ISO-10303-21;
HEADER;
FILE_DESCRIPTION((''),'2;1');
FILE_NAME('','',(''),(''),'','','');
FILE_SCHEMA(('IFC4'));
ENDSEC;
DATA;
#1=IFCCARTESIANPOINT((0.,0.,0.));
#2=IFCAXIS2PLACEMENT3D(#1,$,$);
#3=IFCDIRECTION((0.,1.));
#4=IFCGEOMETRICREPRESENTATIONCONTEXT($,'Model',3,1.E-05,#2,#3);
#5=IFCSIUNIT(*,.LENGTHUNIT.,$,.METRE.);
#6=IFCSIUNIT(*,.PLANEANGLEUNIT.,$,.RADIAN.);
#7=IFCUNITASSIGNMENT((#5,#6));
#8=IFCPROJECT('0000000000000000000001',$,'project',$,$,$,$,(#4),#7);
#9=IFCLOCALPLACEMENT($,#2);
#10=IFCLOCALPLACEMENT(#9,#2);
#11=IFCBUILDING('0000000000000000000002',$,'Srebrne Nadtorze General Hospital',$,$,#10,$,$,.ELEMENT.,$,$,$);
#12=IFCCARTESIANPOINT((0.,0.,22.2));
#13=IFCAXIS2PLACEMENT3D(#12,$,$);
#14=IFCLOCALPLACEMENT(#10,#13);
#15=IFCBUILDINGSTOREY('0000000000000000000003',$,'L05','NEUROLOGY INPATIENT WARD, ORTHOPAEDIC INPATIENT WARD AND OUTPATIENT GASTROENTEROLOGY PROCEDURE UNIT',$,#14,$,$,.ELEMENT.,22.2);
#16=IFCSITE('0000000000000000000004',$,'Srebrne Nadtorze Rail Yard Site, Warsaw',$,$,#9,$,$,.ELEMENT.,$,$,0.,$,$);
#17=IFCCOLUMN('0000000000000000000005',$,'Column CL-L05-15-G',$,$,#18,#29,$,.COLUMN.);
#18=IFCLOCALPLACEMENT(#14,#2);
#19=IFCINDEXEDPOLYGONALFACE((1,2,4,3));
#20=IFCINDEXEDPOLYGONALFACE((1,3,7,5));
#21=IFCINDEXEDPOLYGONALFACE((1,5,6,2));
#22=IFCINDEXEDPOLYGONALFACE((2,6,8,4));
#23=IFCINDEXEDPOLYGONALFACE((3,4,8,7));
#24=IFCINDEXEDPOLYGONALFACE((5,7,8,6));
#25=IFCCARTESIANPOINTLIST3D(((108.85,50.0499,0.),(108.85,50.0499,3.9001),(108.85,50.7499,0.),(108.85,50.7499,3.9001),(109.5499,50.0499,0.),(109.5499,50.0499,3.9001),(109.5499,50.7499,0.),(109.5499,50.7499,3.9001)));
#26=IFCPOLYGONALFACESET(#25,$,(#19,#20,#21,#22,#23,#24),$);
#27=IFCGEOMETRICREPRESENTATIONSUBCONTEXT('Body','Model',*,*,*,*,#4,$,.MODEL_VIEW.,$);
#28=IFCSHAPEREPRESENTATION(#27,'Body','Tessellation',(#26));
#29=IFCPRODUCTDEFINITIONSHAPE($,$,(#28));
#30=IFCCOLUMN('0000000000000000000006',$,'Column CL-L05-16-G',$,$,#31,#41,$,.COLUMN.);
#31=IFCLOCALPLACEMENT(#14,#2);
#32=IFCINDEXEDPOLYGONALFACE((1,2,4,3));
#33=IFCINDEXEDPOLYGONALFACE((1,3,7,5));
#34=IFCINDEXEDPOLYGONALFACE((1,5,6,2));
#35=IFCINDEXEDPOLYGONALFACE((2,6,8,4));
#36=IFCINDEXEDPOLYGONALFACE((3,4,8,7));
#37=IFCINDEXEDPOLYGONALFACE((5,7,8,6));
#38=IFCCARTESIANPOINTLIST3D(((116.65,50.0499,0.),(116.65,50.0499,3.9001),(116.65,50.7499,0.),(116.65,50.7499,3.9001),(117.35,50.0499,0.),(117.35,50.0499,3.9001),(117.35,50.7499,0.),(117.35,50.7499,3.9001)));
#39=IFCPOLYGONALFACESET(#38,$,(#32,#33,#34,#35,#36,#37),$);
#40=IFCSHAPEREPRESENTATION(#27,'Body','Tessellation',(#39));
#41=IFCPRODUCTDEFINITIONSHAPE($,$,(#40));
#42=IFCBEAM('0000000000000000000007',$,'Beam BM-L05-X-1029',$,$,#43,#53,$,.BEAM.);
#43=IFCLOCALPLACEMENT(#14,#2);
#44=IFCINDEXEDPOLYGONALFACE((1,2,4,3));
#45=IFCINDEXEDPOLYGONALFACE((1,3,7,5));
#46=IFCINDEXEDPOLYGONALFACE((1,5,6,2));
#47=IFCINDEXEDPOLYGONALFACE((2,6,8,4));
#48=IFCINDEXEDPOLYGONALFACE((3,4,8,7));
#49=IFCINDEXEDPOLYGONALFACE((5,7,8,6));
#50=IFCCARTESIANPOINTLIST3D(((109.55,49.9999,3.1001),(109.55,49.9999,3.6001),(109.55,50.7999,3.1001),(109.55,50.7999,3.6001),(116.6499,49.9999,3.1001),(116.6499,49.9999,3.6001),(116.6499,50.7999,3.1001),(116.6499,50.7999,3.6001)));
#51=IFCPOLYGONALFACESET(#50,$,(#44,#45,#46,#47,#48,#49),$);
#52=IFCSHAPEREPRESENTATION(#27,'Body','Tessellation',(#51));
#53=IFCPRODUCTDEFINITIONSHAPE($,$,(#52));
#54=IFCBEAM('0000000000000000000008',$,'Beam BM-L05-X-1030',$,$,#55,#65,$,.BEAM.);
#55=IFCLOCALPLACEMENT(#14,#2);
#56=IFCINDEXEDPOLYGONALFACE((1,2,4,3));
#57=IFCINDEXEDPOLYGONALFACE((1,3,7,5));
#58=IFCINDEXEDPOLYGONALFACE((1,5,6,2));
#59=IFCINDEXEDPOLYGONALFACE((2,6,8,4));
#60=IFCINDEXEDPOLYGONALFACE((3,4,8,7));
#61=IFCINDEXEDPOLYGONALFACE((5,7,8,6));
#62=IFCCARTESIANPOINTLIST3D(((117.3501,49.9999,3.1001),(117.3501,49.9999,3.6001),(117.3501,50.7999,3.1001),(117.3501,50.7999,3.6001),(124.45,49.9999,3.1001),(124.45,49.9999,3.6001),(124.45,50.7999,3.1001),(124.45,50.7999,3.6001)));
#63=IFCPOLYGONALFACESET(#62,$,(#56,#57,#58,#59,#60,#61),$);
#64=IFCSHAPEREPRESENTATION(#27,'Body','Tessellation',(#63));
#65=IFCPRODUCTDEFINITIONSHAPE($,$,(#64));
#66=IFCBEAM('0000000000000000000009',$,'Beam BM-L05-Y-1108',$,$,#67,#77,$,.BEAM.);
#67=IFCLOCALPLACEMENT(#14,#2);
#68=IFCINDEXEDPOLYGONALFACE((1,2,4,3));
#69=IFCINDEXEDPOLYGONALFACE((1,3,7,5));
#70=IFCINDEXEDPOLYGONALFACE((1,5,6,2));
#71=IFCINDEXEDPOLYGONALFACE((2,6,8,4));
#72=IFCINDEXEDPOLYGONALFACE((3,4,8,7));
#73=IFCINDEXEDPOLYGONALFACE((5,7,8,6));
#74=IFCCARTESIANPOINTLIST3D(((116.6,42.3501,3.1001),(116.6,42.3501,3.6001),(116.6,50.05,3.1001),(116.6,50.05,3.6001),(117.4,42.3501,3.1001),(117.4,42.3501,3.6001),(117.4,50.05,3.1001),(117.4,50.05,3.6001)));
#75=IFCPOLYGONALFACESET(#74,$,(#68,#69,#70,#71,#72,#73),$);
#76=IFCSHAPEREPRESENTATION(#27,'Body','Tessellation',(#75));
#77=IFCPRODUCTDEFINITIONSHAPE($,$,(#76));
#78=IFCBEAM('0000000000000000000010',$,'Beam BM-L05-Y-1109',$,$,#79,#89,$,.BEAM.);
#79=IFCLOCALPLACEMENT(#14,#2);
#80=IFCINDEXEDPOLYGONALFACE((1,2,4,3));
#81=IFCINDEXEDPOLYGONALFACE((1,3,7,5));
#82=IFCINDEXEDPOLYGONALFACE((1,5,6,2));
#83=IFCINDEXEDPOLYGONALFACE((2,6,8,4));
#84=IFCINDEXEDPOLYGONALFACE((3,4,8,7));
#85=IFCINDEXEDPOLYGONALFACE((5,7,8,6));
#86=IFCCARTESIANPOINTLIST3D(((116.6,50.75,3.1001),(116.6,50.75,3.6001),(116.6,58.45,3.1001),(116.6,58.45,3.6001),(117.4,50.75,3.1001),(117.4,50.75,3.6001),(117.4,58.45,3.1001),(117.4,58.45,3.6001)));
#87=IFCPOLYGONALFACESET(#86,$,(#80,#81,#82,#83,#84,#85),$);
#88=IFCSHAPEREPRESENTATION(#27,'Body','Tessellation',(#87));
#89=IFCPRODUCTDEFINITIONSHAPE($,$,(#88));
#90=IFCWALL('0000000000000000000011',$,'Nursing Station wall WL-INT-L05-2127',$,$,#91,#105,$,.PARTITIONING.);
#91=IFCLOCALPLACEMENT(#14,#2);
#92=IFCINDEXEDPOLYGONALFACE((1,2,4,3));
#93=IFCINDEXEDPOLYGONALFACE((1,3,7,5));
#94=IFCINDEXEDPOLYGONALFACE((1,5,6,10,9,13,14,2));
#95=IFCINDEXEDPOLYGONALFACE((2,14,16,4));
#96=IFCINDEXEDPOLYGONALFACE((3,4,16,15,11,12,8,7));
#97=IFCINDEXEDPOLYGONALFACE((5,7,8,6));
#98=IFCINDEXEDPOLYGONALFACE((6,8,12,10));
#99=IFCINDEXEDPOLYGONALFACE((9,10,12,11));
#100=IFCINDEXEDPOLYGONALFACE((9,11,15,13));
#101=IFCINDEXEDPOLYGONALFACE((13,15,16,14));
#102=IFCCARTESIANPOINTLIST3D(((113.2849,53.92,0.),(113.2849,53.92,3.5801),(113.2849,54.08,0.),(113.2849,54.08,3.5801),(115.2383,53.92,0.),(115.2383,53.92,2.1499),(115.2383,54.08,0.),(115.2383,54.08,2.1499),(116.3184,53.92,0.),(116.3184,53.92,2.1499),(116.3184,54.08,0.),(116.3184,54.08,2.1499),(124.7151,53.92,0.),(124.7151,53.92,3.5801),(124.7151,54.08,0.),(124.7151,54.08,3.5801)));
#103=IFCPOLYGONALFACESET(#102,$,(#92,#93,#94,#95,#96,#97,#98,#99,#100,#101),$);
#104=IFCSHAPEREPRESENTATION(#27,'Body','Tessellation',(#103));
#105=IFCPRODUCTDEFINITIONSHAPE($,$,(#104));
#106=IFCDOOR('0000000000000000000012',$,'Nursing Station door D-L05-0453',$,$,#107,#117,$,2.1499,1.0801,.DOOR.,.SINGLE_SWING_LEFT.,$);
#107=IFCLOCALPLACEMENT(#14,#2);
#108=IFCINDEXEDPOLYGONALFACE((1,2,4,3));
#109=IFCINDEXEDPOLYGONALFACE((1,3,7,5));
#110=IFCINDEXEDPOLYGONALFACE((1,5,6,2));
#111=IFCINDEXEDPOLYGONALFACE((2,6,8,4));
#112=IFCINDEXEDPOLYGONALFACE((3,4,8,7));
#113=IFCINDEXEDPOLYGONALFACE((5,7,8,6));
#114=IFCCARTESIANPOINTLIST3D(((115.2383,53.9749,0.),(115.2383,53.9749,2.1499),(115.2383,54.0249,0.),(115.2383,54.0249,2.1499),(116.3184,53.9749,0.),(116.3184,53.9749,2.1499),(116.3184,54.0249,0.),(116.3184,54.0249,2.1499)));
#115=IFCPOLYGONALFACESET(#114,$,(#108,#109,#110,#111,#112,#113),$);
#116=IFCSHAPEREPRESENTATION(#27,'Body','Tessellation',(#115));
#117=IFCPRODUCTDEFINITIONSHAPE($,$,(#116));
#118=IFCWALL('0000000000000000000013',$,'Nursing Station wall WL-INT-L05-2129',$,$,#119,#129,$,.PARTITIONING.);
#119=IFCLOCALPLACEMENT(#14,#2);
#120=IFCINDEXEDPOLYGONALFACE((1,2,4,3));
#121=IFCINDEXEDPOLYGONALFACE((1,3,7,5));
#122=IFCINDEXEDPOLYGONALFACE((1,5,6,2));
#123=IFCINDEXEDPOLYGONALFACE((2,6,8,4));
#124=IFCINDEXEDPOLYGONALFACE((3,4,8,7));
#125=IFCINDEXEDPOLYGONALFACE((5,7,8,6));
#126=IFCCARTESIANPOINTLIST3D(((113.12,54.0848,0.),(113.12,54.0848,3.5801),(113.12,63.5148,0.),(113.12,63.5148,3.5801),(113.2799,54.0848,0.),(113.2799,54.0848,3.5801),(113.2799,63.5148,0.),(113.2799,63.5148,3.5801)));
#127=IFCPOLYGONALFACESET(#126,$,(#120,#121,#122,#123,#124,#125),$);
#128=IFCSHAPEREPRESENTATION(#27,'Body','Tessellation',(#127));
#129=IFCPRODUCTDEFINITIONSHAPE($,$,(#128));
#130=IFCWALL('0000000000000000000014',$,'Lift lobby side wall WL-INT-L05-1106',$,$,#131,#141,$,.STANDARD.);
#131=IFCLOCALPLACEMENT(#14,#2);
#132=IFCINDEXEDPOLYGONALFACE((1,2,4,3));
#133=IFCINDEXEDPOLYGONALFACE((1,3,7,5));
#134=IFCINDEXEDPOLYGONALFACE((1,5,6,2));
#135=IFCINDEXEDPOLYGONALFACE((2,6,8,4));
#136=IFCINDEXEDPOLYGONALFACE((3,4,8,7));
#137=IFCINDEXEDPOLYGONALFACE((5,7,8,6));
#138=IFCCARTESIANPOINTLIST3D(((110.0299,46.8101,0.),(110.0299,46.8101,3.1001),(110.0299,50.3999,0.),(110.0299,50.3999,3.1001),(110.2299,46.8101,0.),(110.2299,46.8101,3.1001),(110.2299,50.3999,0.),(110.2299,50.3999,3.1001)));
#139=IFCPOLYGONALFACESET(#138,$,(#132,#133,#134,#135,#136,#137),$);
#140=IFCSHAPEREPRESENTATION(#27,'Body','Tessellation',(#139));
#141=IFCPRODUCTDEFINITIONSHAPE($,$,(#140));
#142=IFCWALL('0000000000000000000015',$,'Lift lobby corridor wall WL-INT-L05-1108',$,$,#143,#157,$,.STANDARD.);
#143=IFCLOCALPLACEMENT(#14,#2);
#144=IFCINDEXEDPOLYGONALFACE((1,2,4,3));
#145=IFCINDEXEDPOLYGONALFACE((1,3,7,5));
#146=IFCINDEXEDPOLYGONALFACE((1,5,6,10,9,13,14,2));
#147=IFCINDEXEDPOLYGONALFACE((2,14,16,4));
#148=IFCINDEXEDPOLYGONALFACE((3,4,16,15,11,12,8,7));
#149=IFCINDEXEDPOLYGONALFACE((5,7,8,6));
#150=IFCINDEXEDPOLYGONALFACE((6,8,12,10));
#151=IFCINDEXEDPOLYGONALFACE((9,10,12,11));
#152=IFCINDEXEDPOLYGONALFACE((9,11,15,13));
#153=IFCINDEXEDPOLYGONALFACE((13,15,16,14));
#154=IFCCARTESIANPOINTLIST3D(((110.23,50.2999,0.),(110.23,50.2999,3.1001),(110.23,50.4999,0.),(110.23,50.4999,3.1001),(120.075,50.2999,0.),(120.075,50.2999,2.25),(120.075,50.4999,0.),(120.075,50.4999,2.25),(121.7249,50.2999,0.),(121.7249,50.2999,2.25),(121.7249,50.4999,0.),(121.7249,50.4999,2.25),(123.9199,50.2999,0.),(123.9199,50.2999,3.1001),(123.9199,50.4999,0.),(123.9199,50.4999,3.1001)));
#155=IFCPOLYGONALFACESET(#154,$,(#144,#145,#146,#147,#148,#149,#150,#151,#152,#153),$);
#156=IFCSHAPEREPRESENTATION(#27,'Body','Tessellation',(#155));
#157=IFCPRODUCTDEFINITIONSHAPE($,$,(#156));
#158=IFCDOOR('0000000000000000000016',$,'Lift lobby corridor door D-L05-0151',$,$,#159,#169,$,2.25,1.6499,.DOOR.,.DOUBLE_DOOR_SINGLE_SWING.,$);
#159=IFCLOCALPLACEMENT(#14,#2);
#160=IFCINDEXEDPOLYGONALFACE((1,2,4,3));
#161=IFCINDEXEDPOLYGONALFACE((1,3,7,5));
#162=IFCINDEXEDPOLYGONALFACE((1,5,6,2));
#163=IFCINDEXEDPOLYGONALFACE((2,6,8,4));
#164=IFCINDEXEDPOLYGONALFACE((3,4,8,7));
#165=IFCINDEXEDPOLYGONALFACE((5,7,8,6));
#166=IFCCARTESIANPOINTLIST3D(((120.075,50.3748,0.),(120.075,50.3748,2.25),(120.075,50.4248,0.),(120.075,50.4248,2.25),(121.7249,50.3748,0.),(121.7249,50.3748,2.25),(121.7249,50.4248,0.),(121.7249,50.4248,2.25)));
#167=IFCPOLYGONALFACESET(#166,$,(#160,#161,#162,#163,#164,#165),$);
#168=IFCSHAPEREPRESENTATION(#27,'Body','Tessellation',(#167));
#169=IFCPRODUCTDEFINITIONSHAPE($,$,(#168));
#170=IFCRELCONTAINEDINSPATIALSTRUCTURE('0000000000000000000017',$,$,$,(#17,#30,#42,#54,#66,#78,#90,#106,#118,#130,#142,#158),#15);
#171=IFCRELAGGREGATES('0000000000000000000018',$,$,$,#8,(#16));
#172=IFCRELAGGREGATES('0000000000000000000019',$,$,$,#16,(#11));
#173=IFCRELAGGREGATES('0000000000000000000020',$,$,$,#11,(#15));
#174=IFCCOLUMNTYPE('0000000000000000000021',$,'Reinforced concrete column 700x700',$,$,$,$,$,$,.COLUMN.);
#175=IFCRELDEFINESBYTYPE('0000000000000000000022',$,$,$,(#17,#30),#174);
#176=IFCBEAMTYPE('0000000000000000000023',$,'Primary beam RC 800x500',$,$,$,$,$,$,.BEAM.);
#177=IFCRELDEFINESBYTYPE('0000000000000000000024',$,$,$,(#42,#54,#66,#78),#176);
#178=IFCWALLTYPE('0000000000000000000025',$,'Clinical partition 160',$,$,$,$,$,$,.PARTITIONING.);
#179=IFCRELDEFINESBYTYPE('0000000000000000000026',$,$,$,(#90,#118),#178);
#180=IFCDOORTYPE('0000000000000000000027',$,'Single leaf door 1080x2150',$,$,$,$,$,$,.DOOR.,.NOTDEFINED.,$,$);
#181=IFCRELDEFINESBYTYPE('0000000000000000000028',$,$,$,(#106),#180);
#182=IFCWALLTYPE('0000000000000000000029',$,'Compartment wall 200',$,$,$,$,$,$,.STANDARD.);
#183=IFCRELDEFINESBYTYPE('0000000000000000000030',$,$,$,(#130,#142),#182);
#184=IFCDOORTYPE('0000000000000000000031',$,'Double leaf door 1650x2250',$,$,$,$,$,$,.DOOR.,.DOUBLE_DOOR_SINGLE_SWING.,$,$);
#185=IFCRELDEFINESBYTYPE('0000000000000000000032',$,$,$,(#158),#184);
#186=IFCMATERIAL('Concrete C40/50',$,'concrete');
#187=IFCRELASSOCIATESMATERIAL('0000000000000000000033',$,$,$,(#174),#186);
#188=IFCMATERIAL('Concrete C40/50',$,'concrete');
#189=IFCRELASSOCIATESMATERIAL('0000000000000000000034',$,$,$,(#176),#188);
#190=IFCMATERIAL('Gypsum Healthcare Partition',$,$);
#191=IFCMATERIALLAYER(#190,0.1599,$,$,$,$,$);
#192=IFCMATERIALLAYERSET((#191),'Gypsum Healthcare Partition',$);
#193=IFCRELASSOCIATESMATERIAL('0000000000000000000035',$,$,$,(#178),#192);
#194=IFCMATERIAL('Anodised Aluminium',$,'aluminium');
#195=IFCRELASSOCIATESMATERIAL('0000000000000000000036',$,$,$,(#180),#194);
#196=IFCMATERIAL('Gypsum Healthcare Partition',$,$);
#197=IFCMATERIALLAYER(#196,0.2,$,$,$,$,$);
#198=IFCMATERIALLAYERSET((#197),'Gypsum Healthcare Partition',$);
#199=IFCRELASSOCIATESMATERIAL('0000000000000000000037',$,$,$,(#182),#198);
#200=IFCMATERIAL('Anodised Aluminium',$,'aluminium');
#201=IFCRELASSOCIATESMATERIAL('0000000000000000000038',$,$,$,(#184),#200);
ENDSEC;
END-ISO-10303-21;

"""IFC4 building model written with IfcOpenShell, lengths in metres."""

from ifc_helpers import new_model, si_unit, direction, frame, frame_2d, origin, origin_2d, place, context, subcontext, project, spatial, rectangle, extrude, material, layer, layer_set, material_profile, profile_set, type_object, element, fill, save


model = new_model("IFC4")

# Units and contexts
model_context = context("Model", 3, precision=1e-05, world=origin(), true_north=direction((0.0, 1.0)))
body_context = subcontext(model_context, "Body", "Model", "MODEL_VIEW")
ifc_project = project(units=[si_unit("LENGTHUNIT", "METRE"), si_unit("PLANEANGLEUNIT", "RADIAN")], contexts=[model_context])

# Site, building, storey
site_placement = place(None, origin())
site = spatial("IfcSite", under=ifc_project, at=site_placement, Name="Srebrne Nadtorze Rail Yard Site, Warsaw", CompositionType="ELEMENT", RefElevation=0.0)
building_placement = place(site_placement, origin())
building = spatial("IfcBuilding", under=site, at=building_placement, Name="Srebrne Nadtorze General Hospital", CompositionType="ELEMENT")
storey_placement = place(building_placement, frame((0.0, 0.0, 22.2)))
storey = spatial("IfcBuildingStorey", under=building, at=storey_placement, Name="L05", Description="NEUROLOGY INPATIENT WARD, ORTHOPAEDIC INPATIENT WARD AND OUTPATIENT GASTROENTEROLOGY PROCEDURE UNIT", CompositionType="ELEMENT", Elevation=22.2)

# Columns
ifc_material_1 = material(Name="Concrete C40/50", Category="concrete")
ifc_material_profile_1 = material_profile(ifc_material_1, rectangle(XDim=0.7, YDim=0.7, at=origin_2d()), Name="RC-COL-700x700")
ifc_profile_set_1 = profile_set([ifc_material_profile_1], Name="Concrete C40/50")
column_type = type_object("IfcColumnType", Name="Reinforced concrete column 700x700", PredefinedType="COLUMN", material=ifc_profile_set_1)
for number, where, z_axis, x_axis, name in (
    (1, (109.2, 50.3999, 0.0), (0.0, 0.0, 1.0), (1.0, 0.0, 0.0), "Column CL-L05-15-G"),
    (2, (117.0, 50.3999, 0.0), (0.0, 0.0, 1.0), (1.0, 0.0, 0.0), "Column CL-L05-16-G"),
):
    element("IfcColumn", number, at=place(storey_placement, frame(where, z_axis=z_axis, x_axis=x_axis)), inside=storey, type_object=column_type, Name=name, PredefinedType="COLUMN", context=body_context, shape_type="SweptSolid", body=[
        extrude(rectangle(XDim=0.7, YDim=0.7, at=origin_2d()), origin(), (0.0, 0.0, 1.0), 3.9001),
    ])

# Beams
ifc_material_2 = material(Name="Concrete C40/50", Category="concrete")
ifc_material_profile_2 = material_profile(ifc_material_2, rectangle(XDim=0.8, YDim=0.5, at=origin_2d()), Name="RC-BM-800x500")
ifc_profile_set_2 = profile_set([ifc_material_profile_2], Name="Concrete C40/50")
beam_type = type_object("IfcBeamType", Name="Primary beam RC 800x500", PredefinedType="BEAM", material=ifc_profile_set_2)
for number, where, z_axis, x_axis, name in (
    (3, (109.55, 50.3999, 3.3501), (1.0, 0.0, 0.0), (0.0, 1.0, 0.0), "Beam BM-L05-X-1029"),
    (4, (117.3501, 50.3999, 3.3501), (1.0, 0.0, 0.0), (0.0, 1.0, 0.0), "Beam BM-L05-X-1030"),
):
    element("IfcBeam", number, at=place(storey_placement, frame(where, z_axis=z_axis, x_axis=x_axis)), inside=storey, type_object=beam_type, Name=name, PredefinedType="BEAM", context=body_context, shape_type="SweptSolid", body=[
        extrude(rectangle(XDim=0.8, YDim=0.5, at=origin_2d()), origin(), (0.0, 0.0, 1.0), 7.0999),
    ])
for number, where, z_axis, x_axis, name in (
    (5, (117.0, 42.3501, 3.3501), (0.0, 1.0, 0.0), (-1.0, 0.0, 0.0), "Beam BM-L05-Y-1108"),
    (6, (117.0, 50.75, 3.3501), (0.0, 1.0, 0.0), (-1.0, 0.0, 0.0), "Beam BM-L05-Y-1109"),
):
    element("IfcBeam", number, at=place(storey_placement, frame(where, z_axis=z_axis, x_axis=x_axis)), inside=storey, type_object=beam_type, Name=name, PredefinedType="BEAM", context=body_context, shape_type="SweptSolid", body=[
        extrude(rectangle(XDim=0.8, YDim=0.5, at=origin_2d()), origin(), (0.0, 0.0, 1.0), 7.7),
    ])

# Wall, opening, door
ifc_material_3 = material(Name="Gypsum Healthcare Partition")
ifc_layer_1 = layer(ifc_material_3, 0.1599)
ifc_layer_set_1 = layer_set([ifc_layer_1], Name="Gypsum Healthcare Partition")
wall_type_1 = type_object("IfcWallType", Name="Clinical partition 160", PredefinedType="PARTITIONING", material=ifc_layer_set_1)
wall_1_placement = place(storey_placement, frame((113.2849, 54.0, 0.0), z_axis=(0.0, 0.0, 1.0), x_axis=(1.0, 0.0, 0.0)))
wall_1 = element("IfcWall", 7, at=wall_1_placement, inside=storey, type_object=wall_type_1, Name="Nursing Station wall WL-INT-L05-2127", PredefinedType="PARTITIONING", context=body_context, shape_type="SweptSolid", body=[
    extrude(rectangle(XDim=11.4302, YDim=0.1599, at=frame_2d((5.7151, 0.0))), origin(), (0.0, 0.0, 1.0), 3.5801),
])
opening_1_placement = place(wall_1_placement, frame((1.9534, 0.0, 0.0)))
opening_1 = element("IfcOpeningElement", 8, at=opening_1_placement, cuts=wall_1, PredefinedType="OPENING", context=body_context, shape_type="SweptSolid", body=[
    extrude(rectangle(XDim=1.0801, YDim=2.1499, at=frame_2d((0.54, 1.075))), frame((0.0, 0.0918, 0.0), z_axis=(0.0, -1.0, 0.0), x_axis=(1.0, 0.0, 0.0)), (0.0, 0.0, 1.0), 0.1838),
])
ifc_material_4 = material(Name="Anodised Aluminium", Category="aluminium")
door_type_1 = type_object("IfcDoorType", Name="Single leaf door 1080x2150", OperationType="NOTDEFINED", PredefinedType="DOOR", material=ifc_material_4)
door_1_placement = place(opening_1_placement, origin())
door_1 = element("IfcDoor", 9, at=door_1_placement, inside=storey, type_object=door_type_1, Name="Nursing Station door D-L05-0453", OperationType="SINGLE_SWING_LEFT", OverallHeight=2.1499, OverallWidth=1.0801, PredefinedType="DOOR", context=body_context, shape_type="SweptSolid", body=[
    extrude(rectangle(XDim=1.0801, YDim=2.1499, at=frame_2d((0.54, 1.075))), frame((0.0, 0.0249, 0.0), z_axis=(0.0, -1.0, 0.0), x_axis=(1.0, 0.0, 0.0)), (0.0, 0.0, 1.0), 0.05),
])
fill(opening_1, door_1)

# Walls
wall_2_placement = place(storey_placement, frame((113.2, 54.085, 0.0), z_axis=(0.0, 0.0, 1.0), x_axis=(0.0, 1.0, 0.0)))
element("IfcWall", 10, at=wall_2_placement, inside=storey, type_object=wall_type_1, Name="Nursing Station wall WL-INT-L05-2129", PredefinedType="PARTITIONING", context=body_context, shape_type="SweptSolid", body=[
    extrude(rectangle(XDim=9.4299, YDim=0.1599, at=frame_2d((4.7148, 0.0))), origin(), (0.0, 0.0, 1.0), 3.5801),
])
ifc_material_5 = material(Name="Gypsum Healthcare Partition")
ifc_layer_2 = layer(ifc_material_5, 0.2)
ifc_layer_set_2 = layer_set([ifc_layer_2], Name="Gypsum Healthcare Partition")
wall_type_2 = type_object("IfcWallType", Name="Compartment wall 200", PredefinedType="STANDARD", material=ifc_layer_set_2)
wall_3_placement = place(storey_placement, frame((110.1299, 46.8101, 0.0), z_axis=(0.0, 0.0, 1.0), x_axis=(0.0, 1.0, 0.0)))
element("IfcWall", 11, at=wall_3_placement, inside=storey, type_object=wall_type_2, Name="Lift lobby side wall WL-INT-L05-1106", PredefinedType="STANDARD", context=body_context, shape_type="SweptSolid", body=[
    extrude(rectangle(XDim=3.5898, YDim=0.2, at=frame_2d((1.7949, 0.0))), origin(), (0.0, 0.0, 1.0), 3.1001),
])

# Wall, opening, door
wall_4_placement = place(storey_placement, frame((110.23, 50.3999, 0.0), z_axis=(0.0, 0.0, 1.0), x_axis=(1.0, 0.0, 0.0)))
wall_4 = element("IfcWall", 12, at=wall_4_placement, inside=storey, type_object=wall_type_2, Name="Lift lobby corridor wall WL-INT-L05-1108", PredefinedType="STANDARD", context=body_context, shape_type="SweptSolid", body=[
    extrude(rectangle(XDim=13.6899, YDim=0.2, at=frame_2d((6.845, 0.0))), origin(), (0.0, 0.0, 1.0), 3.1001),
])
opening_2_placement = place(wall_4_placement, frame((9.845, 0.0, 0.0)))
opening_2 = element("IfcOpeningElement", 13, at=opening_2_placement, cuts=wall_4, PredefinedType="OPENING", context=body_context, shape_type="SweptSolid", body=[
    extrude(rectangle(XDim=1.6499, YDim=2.25, at=frame_2d((0.825, 1.125))), frame((0.0, 0.1118, 0.0), z_axis=(0.0, -1.0, 0.0), x_axis=(1.0, 0.0, 0.0)), (0.0, 0.0, 1.0), 0.2239),
])
ifc_material_6 = material(Name="Anodised Aluminium", Category="aluminium")
door_type_2 = type_object("IfcDoorType", Name="Double leaf door 1650x2250", OperationType="DOUBLE_DOOR_SINGLE_SWING", PredefinedType="DOOR", material=ifc_material_6)
door_2_placement = place(opening_2_placement, origin())
door_2 = element("IfcDoor", 14, at=door_2_placement, inside=storey, type_object=door_type_2, Name="Lift lobby corridor door D-L05-0151", OperationType="DOUBLE_DOOR_SINGLE_SWING", OverallHeight=2.25, OverallWidth=1.6499, PredefinedType="DOOR", context=body_context, shape_type="SweptSolid", body=[
    extrude(rectangle(XDim=1.6499, YDim=2.25, at=frame_2d((0.825, 1.125))), frame((0.0, 0.0249, 0.0), z_axis=(0.0, -1.0, 0.0), x_axis=(1.0, 0.0, 0.0)), (0.0, 0.0, 1.0), 0.05),
])
fill(opening_2, door_2)

save(model, "model.ifc")
